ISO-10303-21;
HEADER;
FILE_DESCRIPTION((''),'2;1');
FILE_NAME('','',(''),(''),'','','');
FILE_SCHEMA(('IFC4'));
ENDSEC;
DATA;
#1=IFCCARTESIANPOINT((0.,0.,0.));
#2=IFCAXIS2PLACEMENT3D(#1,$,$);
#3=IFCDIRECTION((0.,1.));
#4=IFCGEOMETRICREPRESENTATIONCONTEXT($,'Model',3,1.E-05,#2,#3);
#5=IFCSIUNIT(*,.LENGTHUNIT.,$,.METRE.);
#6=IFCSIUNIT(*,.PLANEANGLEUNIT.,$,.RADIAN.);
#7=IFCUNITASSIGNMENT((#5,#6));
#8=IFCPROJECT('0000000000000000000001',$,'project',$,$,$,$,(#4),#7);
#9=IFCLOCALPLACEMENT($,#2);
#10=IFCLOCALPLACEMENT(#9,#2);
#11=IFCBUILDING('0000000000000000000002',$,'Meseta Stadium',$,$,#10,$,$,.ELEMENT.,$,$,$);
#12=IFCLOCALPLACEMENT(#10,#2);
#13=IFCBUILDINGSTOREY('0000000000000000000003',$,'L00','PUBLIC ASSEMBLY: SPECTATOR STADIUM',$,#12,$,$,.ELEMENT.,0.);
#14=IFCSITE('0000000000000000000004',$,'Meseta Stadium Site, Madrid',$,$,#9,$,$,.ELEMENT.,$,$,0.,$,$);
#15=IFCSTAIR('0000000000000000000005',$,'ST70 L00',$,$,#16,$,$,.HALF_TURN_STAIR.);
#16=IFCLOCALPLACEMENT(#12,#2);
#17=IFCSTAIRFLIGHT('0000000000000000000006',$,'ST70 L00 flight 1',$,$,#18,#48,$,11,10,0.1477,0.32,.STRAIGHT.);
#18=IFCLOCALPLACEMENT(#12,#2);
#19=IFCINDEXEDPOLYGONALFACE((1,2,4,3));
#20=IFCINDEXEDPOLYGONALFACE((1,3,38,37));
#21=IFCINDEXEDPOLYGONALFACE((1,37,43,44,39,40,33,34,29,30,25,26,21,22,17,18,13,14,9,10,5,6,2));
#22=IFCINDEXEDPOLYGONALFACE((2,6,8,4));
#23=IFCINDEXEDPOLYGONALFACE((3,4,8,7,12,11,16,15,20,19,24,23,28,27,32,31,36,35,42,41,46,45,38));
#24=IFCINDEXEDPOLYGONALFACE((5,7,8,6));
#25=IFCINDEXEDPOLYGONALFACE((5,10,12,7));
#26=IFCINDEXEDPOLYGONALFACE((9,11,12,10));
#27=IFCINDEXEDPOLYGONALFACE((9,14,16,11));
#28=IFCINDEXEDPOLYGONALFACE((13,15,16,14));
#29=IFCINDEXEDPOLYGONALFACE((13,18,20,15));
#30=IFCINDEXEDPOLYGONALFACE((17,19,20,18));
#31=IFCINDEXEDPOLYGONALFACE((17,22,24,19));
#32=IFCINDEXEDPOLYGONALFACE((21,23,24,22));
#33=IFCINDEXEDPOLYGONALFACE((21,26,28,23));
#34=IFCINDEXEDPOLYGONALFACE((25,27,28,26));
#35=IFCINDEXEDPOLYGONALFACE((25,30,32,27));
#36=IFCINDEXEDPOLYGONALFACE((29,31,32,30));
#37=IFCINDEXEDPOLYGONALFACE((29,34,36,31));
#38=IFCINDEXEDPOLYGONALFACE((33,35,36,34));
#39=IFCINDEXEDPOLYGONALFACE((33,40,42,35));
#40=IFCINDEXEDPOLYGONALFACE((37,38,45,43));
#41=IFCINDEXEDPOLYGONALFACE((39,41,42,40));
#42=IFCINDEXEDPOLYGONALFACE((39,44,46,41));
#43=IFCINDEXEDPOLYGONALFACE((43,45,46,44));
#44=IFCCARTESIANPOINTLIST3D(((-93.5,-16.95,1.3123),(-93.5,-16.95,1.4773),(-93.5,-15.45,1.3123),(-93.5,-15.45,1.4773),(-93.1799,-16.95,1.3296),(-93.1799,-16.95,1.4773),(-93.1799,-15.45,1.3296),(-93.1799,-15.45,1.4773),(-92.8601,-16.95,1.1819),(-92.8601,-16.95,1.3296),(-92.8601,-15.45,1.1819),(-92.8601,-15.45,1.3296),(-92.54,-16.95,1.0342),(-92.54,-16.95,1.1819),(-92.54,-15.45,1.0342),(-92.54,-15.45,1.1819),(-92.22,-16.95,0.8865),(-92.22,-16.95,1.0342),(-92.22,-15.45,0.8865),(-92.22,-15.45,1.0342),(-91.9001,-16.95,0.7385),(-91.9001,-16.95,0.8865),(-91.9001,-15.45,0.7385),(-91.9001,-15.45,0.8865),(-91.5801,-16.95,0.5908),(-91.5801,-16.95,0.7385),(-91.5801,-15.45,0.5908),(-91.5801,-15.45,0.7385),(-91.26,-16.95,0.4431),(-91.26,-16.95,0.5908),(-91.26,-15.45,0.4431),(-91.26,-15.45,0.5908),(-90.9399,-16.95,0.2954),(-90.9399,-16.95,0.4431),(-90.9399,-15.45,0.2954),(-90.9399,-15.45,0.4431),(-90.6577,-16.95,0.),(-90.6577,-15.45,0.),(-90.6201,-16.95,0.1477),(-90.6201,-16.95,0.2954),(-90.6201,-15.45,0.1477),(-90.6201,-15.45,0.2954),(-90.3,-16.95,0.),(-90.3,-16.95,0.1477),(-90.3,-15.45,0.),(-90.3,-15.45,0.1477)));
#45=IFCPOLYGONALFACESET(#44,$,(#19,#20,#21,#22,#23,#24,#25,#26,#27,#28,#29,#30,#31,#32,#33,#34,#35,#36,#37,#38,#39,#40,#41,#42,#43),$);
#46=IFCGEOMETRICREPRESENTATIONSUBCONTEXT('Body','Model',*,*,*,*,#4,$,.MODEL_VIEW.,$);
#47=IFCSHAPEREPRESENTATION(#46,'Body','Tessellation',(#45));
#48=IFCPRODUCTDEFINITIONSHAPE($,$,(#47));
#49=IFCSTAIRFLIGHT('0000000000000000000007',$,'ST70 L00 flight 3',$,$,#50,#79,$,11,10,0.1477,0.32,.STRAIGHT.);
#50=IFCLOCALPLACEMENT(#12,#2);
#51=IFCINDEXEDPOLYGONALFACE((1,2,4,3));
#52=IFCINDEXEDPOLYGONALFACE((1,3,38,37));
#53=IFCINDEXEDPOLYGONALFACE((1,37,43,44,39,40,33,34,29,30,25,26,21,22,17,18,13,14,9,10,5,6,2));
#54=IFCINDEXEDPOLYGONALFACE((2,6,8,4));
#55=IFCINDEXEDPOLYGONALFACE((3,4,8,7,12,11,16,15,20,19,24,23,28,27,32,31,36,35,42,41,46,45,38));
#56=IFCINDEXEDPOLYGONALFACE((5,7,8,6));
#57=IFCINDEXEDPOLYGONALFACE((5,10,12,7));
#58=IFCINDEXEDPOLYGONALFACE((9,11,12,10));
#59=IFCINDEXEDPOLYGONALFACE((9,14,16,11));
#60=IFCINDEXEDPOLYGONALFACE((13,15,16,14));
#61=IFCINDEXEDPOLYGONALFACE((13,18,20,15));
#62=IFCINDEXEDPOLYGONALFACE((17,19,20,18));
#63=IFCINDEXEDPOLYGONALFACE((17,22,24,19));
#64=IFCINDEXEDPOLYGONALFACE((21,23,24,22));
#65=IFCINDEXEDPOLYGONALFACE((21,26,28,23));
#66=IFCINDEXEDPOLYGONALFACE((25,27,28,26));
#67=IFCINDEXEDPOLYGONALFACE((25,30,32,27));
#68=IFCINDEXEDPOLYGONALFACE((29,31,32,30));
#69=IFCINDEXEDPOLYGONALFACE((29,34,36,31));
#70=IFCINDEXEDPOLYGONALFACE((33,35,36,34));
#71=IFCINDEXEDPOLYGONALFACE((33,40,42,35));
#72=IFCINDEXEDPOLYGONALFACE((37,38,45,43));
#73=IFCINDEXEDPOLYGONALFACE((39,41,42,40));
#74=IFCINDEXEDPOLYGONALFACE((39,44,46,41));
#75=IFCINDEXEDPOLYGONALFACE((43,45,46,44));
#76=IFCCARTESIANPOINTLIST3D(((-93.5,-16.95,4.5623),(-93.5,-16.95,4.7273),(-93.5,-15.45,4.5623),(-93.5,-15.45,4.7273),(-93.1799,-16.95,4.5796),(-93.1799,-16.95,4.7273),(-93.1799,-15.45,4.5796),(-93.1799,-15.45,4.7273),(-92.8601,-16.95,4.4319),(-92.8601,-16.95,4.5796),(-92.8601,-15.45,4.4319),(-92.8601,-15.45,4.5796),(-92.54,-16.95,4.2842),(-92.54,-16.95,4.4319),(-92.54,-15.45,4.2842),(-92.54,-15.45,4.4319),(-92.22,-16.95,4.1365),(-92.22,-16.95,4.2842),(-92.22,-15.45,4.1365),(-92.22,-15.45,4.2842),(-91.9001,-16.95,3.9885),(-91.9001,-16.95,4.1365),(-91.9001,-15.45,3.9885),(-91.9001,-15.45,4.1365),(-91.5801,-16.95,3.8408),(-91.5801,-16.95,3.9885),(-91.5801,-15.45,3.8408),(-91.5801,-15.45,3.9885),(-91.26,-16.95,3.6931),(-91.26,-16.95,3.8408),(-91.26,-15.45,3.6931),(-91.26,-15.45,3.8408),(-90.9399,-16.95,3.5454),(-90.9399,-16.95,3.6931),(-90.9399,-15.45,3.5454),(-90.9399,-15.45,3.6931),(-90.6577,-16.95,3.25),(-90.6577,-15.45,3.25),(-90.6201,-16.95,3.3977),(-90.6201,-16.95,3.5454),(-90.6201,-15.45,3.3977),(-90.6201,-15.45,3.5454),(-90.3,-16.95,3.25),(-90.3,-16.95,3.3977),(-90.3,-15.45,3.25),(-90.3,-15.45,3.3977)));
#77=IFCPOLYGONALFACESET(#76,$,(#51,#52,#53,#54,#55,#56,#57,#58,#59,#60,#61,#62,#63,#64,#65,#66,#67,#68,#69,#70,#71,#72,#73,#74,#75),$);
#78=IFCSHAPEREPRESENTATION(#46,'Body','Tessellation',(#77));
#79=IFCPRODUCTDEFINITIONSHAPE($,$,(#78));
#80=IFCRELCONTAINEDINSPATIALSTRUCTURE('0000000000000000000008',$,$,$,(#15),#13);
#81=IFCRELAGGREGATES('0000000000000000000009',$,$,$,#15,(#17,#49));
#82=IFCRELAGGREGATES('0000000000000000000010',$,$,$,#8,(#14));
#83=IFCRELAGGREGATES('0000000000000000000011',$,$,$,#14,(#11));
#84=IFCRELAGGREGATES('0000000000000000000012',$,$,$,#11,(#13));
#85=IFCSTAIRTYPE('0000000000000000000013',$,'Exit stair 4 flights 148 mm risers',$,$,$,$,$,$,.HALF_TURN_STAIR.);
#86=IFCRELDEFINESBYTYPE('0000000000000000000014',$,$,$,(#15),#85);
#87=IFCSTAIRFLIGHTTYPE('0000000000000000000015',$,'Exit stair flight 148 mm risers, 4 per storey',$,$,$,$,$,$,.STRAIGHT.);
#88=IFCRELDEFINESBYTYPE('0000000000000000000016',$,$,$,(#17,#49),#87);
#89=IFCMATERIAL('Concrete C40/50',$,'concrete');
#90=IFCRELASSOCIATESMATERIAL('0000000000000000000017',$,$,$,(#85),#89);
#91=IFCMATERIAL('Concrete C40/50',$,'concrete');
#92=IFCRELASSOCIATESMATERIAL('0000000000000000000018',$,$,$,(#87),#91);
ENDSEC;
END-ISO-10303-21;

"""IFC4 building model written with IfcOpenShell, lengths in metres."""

from ifc_helpers import new_model, si_unit, direction, frame, origin, place, context, subcontext, project, spatial, polyline, outline, extrude, material, type_object, element, aggregate, save


model = new_model("IFC4")

# Units and contexts
model_context = context("Model", 3, precision=1e-05, world=origin(), true_north=direction((0.0, 1.0)))
body_context = subcontext(model_context, "Body", "Model", "MODEL_VIEW")
ifc_project = project(units=[si_unit("LENGTHUNIT", "METRE"), si_unit("PLANEANGLEUNIT", "RADIAN")], contexts=[model_context])

# Site, building, storey
site_placement = place(None, origin())
site = spatial("IfcSite", under=ifc_project, at=site_placement, Name="Meseta Stadium Site, Madrid", CompositionType="ELEMENT", RefElevation=0.0)
building_placement = place(site_placement, origin())
building = spatial("IfcBuilding", under=site, at=building_placement, Name="Meseta Stadium", CompositionType="ELEMENT")
storey_placement = place(building_placement, origin())
storey = spatial("IfcBuildingStorey", under=building, at=storey_placement, Name="L00", Description="PUBLIC ASSEMBLY: SPECTATOR STADIUM", CompositionType="ELEMENT", Elevation=0.0)

# Stair, stair flights
ifc_material_1 = material(Name="Concrete C40/50", Category="concrete")
stair_type = type_object("IfcStairType", Name="Exit stair 4 flights 148 mm risers", PredefinedType="HALF_TURN_STAIR", material=ifc_material_1)
ifc_material_2 = material(Name="Concrete C40/50", Category="concrete")
stair_flight_type = type_object("IfcStairFlightType", Name="Exit stair flight 148 mm risers, 4 per storey", PredefinedType="STRAIGHT", material=ifc_material_2)
stair_1_placement = place(storey_placement, origin())
stair_1 = element("IfcStair", 1, at=stair_1_placement, inside=storey, type_object=stair_type, Name="ST70 L00", PredefinedType="HALF_TURN_STAIR")
stair_flight_1_placement = place(storey_placement, frame((-90.3, -16.2, 0.0), z_axis=(0.0, 0.0, 1.0), x_axis=(-1.0, 0.0, 0.0)))
stair_flight_1 = element("IfcStairFlight", 2, at=stair_flight_1_placement, type_object=stair_flight_type, Name="ST70 L00 flight 1", NumberOfRisers=11, NumberOfTreads=10, PredefinedType="STRAIGHT", RiserHeight=0.1477, TreadLength=0.32, context=body_context, shape_type="SweptSolid", body=[
    extrude(outline(polyline([(0.0, 0.0), (0.0, 0.1477), (0.3201, 0.1477), (0.3201, 0.2954), (0.6399, 0.2954), (0.6399, 0.4431), (0.96, 0.4431), (0.96, 0.5908), (1.28, 0.5908), (1.28, 0.7385), (1.6001, 0.7385), (1.6001, 0.8865), (1.9199, 0.8865), (1.9199, 1.0342), (2.24, 1.0342), (2.24, 1.1819), (2.5601, 1.1819), (2.5601, 1.3296), (2.8799, 1.3296), (2.8799, 1.4773), (3.2, 1.4773), (3.2, 1.3123), (0.3577, 0.0), (0.0, 0.0)])), frame((0.0, 0.75, 0.0), z_axis=(0.0, -1.0, 0.0), x_axis=(1.0, 0.0, 0.0)), (0.0, 0.0, 1.0), 1.5),
])
stair_flight_2_placement = place(storey_placement, frame((-90.3, -16.2, 3.25), z_axis=(0.0, 0.0, 1.0), x_axis=(-1.0, 0.0, 0.0)))
stair_flight_2 = element("IfcStairFlight", 3, at=stair_flight_2_placement, type_object=stair_flight_type, Name="ST70 L00 flight 3", NumberOfRisers=11, NumberOfTreads=10, PredefinedType="STRAIGHT", RiserHeight=0.1477, TreadLength=0.32, context=body_context, shape_type="SweptSolid", body=[
    extrude(outline(polyline([(0.0, 0.0), (0.0, 0.1477), (0.3201, 0.1477), (0.3201, 0.2954), (0.6399, 0.2954), (0.6399, 0.4431), (0.96, 0.4431), (0.96, 0.5908), (1.28, 0.5908), (1.28, 0.7385), (1.6001, 0.7385), (1.6001, 0.8865), (1.9199, 0.8865), (1.9199, 1.0342), (2.24, 1.0342), (2.24, 1.1819), (2.5601, 1.1819), (2.5601, 1.3296), (2.8799, 1.3296), (2.8799, 1.4773), (3.2, 1.4773), (3.2, 1.3123), (0.3577, 0.0), (0.0, 0.0)])), frame((0.0, 0.75, 0.0), z_axis=(0.0, -1.0, 0.0), x_axis=(1.0, 0.0, 0.0)), (0.0, 0.0, 1.0), 1.5),
])
aggregate(stair_1, [stair_flight_1, stair_flight_2])

save(model, "model.ifc")
